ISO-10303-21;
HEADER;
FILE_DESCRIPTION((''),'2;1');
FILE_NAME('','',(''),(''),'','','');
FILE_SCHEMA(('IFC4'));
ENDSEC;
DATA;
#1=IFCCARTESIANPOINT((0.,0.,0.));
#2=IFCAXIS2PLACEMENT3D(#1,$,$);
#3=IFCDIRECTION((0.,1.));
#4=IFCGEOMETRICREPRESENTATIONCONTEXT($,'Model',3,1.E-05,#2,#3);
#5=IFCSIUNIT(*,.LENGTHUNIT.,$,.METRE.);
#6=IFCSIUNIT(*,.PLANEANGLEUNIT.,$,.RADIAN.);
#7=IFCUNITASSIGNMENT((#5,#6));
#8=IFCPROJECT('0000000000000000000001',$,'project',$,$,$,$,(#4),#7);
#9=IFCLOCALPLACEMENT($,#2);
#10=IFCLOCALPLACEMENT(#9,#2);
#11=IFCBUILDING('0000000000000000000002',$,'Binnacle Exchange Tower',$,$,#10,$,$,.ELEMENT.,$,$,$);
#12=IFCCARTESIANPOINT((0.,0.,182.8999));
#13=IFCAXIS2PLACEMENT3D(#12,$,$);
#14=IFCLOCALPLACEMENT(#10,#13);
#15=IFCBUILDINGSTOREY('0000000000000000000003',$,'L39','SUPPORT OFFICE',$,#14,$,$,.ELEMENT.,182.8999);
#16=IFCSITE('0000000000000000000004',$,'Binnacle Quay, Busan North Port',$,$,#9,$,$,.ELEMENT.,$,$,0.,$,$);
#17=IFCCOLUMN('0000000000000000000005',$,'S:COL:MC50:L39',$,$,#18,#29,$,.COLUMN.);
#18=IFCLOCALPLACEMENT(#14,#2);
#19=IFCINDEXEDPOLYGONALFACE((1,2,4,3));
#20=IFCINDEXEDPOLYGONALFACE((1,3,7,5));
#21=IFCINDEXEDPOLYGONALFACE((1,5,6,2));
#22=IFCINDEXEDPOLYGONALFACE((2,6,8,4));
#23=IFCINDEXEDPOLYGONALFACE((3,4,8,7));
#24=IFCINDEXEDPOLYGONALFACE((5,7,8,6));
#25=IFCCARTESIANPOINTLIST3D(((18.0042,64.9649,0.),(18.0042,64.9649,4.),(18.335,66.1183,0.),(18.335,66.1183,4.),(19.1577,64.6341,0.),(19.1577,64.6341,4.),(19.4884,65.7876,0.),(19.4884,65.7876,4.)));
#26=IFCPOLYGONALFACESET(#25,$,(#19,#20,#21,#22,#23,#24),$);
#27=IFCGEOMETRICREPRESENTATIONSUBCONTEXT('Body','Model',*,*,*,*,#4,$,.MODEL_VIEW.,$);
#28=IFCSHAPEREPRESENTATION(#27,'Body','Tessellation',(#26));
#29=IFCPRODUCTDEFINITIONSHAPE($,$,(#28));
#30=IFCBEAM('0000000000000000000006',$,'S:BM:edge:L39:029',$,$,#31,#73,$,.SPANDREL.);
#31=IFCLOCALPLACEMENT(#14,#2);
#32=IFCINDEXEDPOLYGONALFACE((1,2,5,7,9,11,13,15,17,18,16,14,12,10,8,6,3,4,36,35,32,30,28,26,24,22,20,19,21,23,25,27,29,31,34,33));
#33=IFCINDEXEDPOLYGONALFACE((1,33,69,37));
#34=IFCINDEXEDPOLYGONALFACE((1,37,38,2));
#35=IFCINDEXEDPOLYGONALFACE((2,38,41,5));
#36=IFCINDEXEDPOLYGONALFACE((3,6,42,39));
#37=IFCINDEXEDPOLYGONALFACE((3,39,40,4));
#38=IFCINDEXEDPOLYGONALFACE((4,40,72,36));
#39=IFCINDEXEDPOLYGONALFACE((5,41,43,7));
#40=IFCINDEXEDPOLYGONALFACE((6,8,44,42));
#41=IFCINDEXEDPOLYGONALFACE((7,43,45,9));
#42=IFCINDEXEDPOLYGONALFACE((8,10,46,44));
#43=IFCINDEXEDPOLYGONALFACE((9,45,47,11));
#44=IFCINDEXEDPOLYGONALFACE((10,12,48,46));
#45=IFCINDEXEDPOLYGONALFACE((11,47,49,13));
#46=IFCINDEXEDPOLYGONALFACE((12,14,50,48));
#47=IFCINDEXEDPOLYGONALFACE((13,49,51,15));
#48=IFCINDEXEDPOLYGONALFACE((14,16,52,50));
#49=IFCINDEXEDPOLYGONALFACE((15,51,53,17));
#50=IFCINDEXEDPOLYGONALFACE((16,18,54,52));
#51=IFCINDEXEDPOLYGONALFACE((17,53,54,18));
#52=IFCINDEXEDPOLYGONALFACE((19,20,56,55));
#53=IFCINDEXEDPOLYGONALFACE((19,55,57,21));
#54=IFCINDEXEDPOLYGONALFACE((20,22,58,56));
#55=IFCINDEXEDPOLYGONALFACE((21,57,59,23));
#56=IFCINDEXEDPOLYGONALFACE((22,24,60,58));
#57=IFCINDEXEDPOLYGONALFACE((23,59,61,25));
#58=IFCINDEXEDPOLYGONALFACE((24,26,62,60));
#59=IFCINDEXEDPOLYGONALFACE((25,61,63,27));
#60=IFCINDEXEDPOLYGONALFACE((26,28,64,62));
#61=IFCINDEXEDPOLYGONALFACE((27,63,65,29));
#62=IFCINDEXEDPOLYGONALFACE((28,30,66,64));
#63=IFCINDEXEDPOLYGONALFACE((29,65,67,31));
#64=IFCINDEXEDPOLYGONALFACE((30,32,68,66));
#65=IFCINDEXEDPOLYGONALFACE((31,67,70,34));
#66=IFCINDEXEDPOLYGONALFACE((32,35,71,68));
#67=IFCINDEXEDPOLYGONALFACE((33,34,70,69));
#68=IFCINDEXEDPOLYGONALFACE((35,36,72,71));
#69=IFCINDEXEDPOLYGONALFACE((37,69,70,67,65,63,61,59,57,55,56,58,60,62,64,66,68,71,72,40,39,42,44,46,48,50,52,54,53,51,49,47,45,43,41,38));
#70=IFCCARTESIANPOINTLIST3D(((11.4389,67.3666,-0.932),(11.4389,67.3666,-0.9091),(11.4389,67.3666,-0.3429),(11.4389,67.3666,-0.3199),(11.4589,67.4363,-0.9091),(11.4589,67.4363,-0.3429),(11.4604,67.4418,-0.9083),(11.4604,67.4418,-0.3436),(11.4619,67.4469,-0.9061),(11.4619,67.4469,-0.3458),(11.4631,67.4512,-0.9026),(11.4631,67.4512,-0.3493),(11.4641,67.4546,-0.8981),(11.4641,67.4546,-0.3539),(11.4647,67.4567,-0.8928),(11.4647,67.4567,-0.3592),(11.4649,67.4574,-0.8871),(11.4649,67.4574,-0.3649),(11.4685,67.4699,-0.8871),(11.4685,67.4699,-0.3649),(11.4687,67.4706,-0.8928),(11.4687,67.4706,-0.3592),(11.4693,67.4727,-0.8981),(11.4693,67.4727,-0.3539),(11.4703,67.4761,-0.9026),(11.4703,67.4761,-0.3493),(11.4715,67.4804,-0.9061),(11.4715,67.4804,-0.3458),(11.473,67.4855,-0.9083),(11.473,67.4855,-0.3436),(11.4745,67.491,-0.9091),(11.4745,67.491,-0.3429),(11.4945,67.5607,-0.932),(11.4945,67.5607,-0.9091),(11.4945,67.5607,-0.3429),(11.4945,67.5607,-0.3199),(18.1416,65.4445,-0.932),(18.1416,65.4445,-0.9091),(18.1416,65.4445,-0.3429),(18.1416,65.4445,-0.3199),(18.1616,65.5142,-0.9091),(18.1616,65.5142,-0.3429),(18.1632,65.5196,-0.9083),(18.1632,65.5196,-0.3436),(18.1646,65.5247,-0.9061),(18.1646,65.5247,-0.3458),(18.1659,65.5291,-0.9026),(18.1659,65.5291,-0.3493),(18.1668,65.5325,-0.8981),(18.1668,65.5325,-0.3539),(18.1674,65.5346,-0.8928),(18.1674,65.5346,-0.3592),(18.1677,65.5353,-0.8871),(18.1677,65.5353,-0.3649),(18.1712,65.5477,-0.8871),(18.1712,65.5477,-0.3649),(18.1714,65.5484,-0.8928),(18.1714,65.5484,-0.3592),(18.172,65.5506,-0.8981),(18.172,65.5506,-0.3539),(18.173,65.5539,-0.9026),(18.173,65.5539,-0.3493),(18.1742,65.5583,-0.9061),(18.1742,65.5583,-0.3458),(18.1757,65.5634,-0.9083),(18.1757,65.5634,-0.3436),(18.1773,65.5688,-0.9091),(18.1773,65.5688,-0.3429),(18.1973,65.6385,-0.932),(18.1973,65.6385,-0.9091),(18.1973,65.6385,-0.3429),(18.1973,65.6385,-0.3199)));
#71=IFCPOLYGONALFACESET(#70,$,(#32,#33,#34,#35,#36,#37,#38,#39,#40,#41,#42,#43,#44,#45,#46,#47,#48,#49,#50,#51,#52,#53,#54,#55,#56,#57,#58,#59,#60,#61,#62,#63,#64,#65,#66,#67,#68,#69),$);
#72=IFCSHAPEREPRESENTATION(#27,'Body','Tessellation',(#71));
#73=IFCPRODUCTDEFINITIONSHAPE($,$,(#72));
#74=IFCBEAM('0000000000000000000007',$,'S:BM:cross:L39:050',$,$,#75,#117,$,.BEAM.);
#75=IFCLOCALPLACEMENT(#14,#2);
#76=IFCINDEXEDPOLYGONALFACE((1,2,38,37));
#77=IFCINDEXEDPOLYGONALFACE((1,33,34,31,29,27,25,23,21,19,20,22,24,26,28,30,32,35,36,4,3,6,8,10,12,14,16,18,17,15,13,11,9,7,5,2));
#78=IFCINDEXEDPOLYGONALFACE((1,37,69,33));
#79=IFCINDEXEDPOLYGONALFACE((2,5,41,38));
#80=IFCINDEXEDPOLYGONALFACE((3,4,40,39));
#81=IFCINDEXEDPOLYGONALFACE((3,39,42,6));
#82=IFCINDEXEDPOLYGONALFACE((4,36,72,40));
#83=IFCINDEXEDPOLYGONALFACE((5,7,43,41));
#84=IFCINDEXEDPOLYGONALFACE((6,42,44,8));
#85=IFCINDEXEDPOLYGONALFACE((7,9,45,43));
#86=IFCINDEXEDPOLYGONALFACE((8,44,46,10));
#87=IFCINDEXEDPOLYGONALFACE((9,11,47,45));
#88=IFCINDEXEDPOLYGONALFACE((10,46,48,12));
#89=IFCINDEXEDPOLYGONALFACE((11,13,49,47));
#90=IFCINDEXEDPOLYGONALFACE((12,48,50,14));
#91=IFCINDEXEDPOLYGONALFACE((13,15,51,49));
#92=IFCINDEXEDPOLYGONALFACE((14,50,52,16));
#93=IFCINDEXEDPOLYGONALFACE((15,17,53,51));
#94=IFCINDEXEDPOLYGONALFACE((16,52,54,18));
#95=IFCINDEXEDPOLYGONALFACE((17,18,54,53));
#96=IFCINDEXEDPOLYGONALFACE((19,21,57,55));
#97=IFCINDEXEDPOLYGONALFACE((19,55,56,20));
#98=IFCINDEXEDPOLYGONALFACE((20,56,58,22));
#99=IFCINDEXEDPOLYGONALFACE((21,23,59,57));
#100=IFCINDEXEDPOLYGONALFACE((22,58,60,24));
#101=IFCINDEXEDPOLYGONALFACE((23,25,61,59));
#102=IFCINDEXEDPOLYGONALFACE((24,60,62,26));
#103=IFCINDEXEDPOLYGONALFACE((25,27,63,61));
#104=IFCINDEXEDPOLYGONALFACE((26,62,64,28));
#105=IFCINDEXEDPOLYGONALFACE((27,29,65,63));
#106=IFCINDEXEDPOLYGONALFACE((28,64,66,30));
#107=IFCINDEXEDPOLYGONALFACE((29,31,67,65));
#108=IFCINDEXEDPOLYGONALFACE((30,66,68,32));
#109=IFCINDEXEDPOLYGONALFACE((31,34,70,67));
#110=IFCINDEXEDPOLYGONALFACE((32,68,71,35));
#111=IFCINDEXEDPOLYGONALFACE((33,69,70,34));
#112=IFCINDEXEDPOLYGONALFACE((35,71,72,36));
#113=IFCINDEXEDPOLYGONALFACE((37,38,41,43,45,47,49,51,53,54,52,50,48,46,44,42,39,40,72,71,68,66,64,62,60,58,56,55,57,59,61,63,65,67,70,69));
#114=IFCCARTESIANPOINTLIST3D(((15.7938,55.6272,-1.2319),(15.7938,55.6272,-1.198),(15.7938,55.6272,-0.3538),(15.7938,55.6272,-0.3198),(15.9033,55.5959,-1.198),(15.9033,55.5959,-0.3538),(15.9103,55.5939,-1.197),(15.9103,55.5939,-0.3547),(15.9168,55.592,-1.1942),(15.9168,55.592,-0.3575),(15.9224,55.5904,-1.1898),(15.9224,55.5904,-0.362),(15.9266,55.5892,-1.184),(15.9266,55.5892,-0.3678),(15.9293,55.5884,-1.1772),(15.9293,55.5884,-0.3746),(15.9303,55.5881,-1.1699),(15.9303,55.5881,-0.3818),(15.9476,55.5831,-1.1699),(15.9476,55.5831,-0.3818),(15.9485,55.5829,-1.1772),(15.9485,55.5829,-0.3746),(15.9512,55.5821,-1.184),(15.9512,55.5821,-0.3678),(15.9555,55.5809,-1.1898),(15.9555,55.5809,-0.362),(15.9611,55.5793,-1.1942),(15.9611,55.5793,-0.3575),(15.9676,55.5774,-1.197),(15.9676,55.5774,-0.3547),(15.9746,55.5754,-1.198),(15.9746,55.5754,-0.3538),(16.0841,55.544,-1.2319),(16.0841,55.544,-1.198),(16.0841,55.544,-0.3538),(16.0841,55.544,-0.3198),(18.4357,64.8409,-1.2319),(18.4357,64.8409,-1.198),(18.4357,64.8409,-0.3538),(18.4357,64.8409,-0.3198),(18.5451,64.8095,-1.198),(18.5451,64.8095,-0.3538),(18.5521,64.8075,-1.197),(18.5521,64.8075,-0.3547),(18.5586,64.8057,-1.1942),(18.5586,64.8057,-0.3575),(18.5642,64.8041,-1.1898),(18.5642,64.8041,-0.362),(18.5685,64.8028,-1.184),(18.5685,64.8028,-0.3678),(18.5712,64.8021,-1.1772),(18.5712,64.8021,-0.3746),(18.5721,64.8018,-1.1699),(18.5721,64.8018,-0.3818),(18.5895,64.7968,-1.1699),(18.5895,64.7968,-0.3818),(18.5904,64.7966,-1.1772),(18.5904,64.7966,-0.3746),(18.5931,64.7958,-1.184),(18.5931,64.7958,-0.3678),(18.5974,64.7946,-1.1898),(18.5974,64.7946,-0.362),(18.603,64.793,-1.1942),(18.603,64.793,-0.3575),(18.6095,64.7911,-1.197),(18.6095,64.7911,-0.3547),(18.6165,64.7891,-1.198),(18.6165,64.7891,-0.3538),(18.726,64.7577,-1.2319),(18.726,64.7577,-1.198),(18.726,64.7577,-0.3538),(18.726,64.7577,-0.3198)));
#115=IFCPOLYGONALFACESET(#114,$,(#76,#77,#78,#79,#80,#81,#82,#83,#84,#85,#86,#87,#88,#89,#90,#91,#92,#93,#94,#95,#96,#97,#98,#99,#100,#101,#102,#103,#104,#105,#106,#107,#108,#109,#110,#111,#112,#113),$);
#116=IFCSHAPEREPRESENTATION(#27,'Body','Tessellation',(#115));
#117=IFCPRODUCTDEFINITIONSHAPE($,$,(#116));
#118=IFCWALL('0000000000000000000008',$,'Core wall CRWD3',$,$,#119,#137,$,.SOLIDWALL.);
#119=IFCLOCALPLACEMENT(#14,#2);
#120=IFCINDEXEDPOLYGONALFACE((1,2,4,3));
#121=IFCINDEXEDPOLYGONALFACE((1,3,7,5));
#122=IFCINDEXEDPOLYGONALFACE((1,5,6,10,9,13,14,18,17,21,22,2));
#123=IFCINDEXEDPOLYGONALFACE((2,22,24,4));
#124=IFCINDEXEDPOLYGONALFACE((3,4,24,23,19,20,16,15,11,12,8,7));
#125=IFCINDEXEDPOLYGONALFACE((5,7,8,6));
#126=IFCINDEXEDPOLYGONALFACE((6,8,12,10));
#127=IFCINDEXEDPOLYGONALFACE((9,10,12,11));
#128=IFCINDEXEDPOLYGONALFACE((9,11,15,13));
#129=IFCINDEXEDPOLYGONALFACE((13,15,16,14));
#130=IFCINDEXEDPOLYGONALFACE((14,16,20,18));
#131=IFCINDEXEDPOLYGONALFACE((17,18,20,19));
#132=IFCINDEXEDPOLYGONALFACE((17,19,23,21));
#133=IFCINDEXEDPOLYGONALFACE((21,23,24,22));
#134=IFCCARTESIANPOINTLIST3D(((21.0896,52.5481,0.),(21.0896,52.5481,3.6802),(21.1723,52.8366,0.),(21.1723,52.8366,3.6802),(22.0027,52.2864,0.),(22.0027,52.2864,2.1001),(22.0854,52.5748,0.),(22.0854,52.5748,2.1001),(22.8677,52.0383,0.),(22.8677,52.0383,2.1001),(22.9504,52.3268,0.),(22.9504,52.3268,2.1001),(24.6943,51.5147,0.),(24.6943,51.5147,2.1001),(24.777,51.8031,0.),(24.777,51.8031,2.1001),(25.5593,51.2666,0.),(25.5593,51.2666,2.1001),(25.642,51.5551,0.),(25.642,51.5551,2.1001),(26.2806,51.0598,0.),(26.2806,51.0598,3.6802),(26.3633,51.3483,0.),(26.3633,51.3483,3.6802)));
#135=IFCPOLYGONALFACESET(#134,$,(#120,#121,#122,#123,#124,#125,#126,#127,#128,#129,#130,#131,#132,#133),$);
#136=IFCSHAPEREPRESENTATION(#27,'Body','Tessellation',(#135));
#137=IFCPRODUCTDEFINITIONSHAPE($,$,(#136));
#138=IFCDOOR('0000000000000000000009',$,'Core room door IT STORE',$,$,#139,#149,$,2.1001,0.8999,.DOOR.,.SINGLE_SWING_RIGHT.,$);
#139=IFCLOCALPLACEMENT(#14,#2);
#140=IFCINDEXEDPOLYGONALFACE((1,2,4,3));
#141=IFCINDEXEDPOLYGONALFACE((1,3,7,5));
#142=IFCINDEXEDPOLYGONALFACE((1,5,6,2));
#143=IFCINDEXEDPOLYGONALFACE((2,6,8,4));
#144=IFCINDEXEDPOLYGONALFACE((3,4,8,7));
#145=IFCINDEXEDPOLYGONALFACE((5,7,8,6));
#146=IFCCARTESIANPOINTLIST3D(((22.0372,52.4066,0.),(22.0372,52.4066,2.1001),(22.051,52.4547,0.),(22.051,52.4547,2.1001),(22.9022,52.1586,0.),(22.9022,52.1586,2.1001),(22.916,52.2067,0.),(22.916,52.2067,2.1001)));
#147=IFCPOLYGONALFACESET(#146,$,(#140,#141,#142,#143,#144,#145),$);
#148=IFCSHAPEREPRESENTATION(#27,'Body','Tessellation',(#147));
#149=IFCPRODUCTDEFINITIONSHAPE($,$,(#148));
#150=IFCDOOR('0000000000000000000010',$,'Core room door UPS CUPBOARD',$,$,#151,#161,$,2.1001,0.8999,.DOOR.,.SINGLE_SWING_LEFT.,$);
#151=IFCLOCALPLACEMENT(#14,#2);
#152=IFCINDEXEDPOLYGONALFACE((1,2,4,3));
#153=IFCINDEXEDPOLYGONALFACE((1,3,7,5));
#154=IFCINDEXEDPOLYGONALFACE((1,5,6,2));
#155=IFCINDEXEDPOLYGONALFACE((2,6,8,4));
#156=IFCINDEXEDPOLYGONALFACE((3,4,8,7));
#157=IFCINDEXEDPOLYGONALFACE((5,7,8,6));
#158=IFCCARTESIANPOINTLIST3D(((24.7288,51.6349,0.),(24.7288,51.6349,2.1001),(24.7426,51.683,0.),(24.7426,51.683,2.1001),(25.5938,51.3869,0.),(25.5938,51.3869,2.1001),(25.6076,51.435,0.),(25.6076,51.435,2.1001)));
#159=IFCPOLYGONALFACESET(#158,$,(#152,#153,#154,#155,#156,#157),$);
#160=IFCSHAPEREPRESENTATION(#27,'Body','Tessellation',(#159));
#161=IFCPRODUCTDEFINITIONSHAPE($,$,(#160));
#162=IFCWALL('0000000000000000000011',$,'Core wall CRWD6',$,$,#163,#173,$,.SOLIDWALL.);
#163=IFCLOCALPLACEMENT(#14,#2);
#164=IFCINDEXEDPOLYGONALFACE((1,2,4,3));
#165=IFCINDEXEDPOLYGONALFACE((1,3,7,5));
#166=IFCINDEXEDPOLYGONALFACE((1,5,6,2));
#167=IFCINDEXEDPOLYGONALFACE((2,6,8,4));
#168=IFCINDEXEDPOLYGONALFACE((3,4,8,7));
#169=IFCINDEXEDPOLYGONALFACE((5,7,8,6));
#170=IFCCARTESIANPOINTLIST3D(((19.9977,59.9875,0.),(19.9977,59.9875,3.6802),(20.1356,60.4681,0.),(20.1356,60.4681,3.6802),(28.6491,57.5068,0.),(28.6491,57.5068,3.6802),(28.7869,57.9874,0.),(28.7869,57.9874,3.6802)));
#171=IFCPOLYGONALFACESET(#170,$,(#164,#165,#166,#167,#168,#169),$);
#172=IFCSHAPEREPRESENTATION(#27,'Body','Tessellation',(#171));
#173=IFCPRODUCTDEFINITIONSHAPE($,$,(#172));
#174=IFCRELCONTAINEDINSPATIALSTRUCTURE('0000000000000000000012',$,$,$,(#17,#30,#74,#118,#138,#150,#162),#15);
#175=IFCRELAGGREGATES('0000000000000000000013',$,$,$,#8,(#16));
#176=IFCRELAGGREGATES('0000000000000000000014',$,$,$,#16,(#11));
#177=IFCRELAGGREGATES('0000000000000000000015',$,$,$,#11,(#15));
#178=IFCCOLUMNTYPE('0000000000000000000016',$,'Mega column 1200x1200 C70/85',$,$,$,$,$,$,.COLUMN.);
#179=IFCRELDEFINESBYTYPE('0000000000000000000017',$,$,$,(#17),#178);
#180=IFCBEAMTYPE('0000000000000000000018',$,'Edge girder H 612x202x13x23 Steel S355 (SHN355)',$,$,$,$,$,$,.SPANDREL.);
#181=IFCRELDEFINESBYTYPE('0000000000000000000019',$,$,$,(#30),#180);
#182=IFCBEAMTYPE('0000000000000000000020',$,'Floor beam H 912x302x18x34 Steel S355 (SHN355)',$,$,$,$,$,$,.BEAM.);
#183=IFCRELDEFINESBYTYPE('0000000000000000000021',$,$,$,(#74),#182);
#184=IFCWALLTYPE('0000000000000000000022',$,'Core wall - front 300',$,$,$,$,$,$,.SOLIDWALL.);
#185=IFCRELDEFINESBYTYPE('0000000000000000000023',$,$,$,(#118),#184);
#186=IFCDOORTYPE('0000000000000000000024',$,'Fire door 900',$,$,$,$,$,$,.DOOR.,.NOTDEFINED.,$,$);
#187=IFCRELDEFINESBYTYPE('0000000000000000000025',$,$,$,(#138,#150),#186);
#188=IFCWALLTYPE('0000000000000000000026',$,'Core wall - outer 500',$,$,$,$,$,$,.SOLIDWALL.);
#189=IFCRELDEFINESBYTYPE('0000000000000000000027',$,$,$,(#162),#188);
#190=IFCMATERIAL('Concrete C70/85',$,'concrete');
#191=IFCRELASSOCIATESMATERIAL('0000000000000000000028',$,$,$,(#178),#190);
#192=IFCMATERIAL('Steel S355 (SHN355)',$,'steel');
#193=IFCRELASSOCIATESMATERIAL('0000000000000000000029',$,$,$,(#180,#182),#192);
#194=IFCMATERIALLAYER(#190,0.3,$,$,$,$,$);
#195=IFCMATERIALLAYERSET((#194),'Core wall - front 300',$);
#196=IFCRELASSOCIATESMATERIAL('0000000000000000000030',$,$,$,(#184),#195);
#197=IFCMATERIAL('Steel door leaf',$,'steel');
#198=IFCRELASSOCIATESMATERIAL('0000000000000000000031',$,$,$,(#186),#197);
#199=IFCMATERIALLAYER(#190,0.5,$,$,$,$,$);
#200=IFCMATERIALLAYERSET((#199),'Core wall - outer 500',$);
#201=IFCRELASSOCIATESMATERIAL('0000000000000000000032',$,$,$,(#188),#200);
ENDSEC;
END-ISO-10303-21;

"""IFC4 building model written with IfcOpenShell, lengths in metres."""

from ifc_helpers import new_model, si_unit, direction, frame, frame_2d, origin, origin_2d, place, context, subcontext, project, spatial, rectangle, i_section, extrude, material, layer, layer_set, material_profile, profile_set, type_object, element, fill, save


model = new_model("IFC4")

# Units and contexts
model_context = context("Model", 3, precision=1e-05, world=origin(), true_north=direction((0.0, 1.0)))
body_context = subcontext(model_context, "Body", "Model", "MODEL_VIEW")
ifc_project = project(units=[si_unit("LENGTHUNIT", "METRE"), si_unit("PLANEANGLEUNIT", "RADIAN")], contexts=[model_context])

# Site, building, storey
site_placement = place(None, origin())
site = spatial("IfcSite", under=ifc_project, at=site_placement, Name="Binnacle Quay, Busan North Port", CompositionType="ELEMENT", RefElevation=0.0)
building_placement = place(site_placement, origin())
building = spatial("IfcBuilding", under=site, at=building_placement, Name="Binnacle Exchange Tower", CompositionType="ELEMENT")
storey_placement = place(building_placement, frame((0.0, 0.0, 182.8999)))
storey = spatial("IfcBuildingStorey", under=building, at=storey_placement, Name="L39", Description="SUPPORT OFFICE", CompositionType="ELEMENT", Elevation=182.8999)

# Column
ifc_material_1 = material(Name="Concrete C70/85", Category="concrete")
ifc_material_profile_1 = material_profile(ifc_material_1, rectangle(XDim=1.2, YDim=1.2, at=origin_2d()), Name="Mega column 1200x1200 C70/85")
ifc_profile_set_1 = profile_set([ifc_material_profile_1], Name="Concrete C70/85")
column_type = type_object("IfcColumnType", Name="Mega column 1200x1200 C70/85", PredefinedType="COLUMN", material=ifc_profile_set_1)
column_placement = place(storey_placement, frame((18.7463, 65.3762, 0.0), z_axis=(0.0, 0.0, 1.0), x_axis=(-0.961262, 0.275637, 0.0)))
element("IfcColumn", 1, at=column_placement, inside=storey, type_object=column_type, Name="S:COL:MC50:L39", PredefinedType="COLUMN", context=body_context, shape_type="SweptSolid", body=[
    extrude(rectangle(XDim=1.2, YDim=1.2, at=origin_2d()), origin(), (0.0, 0.0, 1.0), 4.0),
])

# Beams
ifc_material_2 = material(Name="Steel S355 (SHN355)", Category="steel")
ifc_material_profile_2 = material_profile(ifc_material_2, i_section(OverallWidth=0.2019, OverallDepth=0.6121, WebThickness=0.0129, FlangeThickness=0.0229, FilletRadius=0.022, at=origin_2d()), Name="H 612x202x13x23")
ifc_profile_set_2 = profile_set([ifc_material_profile_2], Name="Steel S355 (SHN355)")
beam_type_1 = type_object("IfcBeamType", Name="Edge girder H 612x202x13x23 Steel S355 (SHN355)", PredefinedType="SPANDREL", material=ifc_profile_set_2)
beam_1_placement = place(storey_placement, frame((18.1694, 65.5415, -0.626), z_axis=(-0.961255, 0.27566, 0.0), x_axis=(-0.27566, -0.961255, 0.0)))
element("IfcBeam", 2, at=beam_1_placement, inside=storey, type_object=beam_type_1, Name="S:BM:edge:L39:029", PredefinedType="SPANDREL", context=body_context, shape_type="SweptSolid", body=[
    extrude(i_section(OverallWidth=0.2019, OverallDepth=0.6121, WebThickness=0.0129, FlangeThickness=0.0229, FilletRadius=0.022, at=origin_2d()), origin(), (0.0, 0.0, 1.0), 6.9729),
])
ifc_material_profile_3 = material_profile(ifc_material_2, i_section(OverallWidth=0.302, OverallDepth=0.9121, WebThickness=0.0181, FlangeThickness=0.0339, FilletRadius=0.0281, at=origin_2d()), Name="H 912x302x18x34")
ifc_profile_set_3 = profile_set([ifc_material_profile_3], Name="Steel S355 (SHN355)")
beam_type_2 = type_object("IfcBeamType", Name="Floor beam H 912x302x18x34 Steel S355 (SHN355)", PredefinedType="BEAM", material=ifc_profile_set_3)
beam_2_placement = place(storey_placement, frame((18.5808, 64.7993, -0.7759), z_axis=(-0.275626, -0.961265, 0.0), x_axis=(0.961265, -0.275626, 0.0)))
element("IfcBeam", 3, at=beam_2_placement, inside=storey, type_object=beam_type_2, Name="S:BM:cross:L39:050", PredefinedType="BEAM", context=body_context, shape_type="SweptSolid", body=[
    extrude(i_section(OverallWidth=0.302, OverallDepth=0.9121, WebThickness=0.0181, FlangeThickness=0.0339, FilletRadius=0.0281, at=origin_2d()), origin(), (0.0, 0.0, 1.0), 9.585),
])

# Wall, openings, doors
ifc_layer_1 = layer(ifc_material_1, 0.3)
ifc_layer_set_1 = layer_set([ifc_layer_1], Name="Core wall - front 300")
wall_type_1 = type_object("IfcWallType", Name="Core wall - front 300", PredefinedType="SOLIDWALL", material=ifc_layer_set_1)
wall_1_placement = place(storey_placement, frame((21.1309, 52.6924, 0.0), z_axis=(0.0, 0.0, 1.0), x_axis=(0.961271, -0.275605, 0.0)))
wall_1 = element("IfcWall", 4, at=wall_1_placement, inside=storey, type_object=wall_type_1, Name="Core wall CRWD3", PredefinedType="SOLIDWALL", context=body_context, shape_type="SweptSolid", body=[
    extrude(rectangle(XDim=5.4001, YDim=0.3, at=frame_2d((2.7002, 0.0))), origin(), (0.0, 0.0, 1.0), 3.6802),
])
opening_1_placement = place(wall_1_placement, frame((0.95, 0.0, 0.0)))
opening_1 = element("IfcOpeningElement", 5, at=opening_1_placement, cuts=wall_1, PredefinedType="OPENING", context=body_context, shape_type="SweptSolid", body=[
    extrude(rectangle(XDim=0.8999, YDim=2.1001, at=frame_2d((0.45, 1.05))), frame((0.0, 0.1599, 0.0), z_axis=(0.0, -1.0, 0.0), x_axis=(1.0, 0.0, 0.0)), (0.0, 0.0, 1.0), 0.3201),
])
opening_2_placement = place(wall_1_placement, frame((3.75, 0.0, 0.0)))
opening_2 = element("IfcOpeningElement", 6, at=opening_2_placement, cuts=wall_1, PredefinedType="OPENING", context=body_context, shape_type="SweptSolid", body=[
    extrude(rectangle(XDim=0.8999, YDim=2.1001, at=frame_2d((0.45, 1.05))), frame((0.0, 0.1599, 0.0), z_axis=(0.0, -1.0, 0.0), x_axis=(1.0, 0.0, 0.0)), (0.0, 0.0, 1.0), 0.3201),
])
ifc_material_3 = material(Name="Steel door leaf", Category="steel")
door_type_1 = type_object("IfcDoorType", Name="Fire door 900", OperationType="NOTDEFINED", PredefinedType="DOOR", material=ifc_material_3)
door_1_placement = place(opening_1_placement, frame((0.8999, 0.0, 0.0), z_axis=(0.0, 0.0, 1.0), x_axis=(-1.0, 0.0, 0.0)))
door_1 = element("IfcDoor", 7, at=door_1_placement, inside=storey, type_object=door_type_1, Name="Core room door IT STORE", OperationType="SINGLE_SWING_RIGHT", OverallHeight=2.1001, OverallWidth=0.8999, PredefinedType="DOOR", context=body_context, shape_type="SweptSolid", body=[
    extrude(rectangle(XDim=0.8999, YDim=2.1001, at=frame_2d((0.45, 1.05))), frame((0.0, 0.0249, 0.0), z_axis=(0.0, -1.0, 0.0), x_axis=(1.0, 0.0, 0.0)), (0.0, 0.0, 1.0), 0.05),
])
fill(opening_1, door_1)
door_2_placement = place(opening_2_placement, frame((0.8999, 0.0, 0.0), z_axis=(0.0, 0.0, 1.0), x_axis=(-1.0, 0.0, 0.0)))
door_2 = element("IfcDoor", 8, at=door_2_placement, inside=storey, type_object=door_type_1, Name="Core room door UPS CUPBOARD", OperationType="SINGLE_SWING_LEFT", OverallHeight=2.1001, OverallWidth=0.8999, PredefinedType="DOOR", context=body_context, shape_type="SweptSolid", body=[
    extrude(rectangle(XDim=0.8999, YDim=2.1001, at=frame_2d((0.45, 1.05))), frame((0.0, 0.0249, 0.0), z_axis=(0.0, -1.0, 0.0), x_axis=(1.0, 0.0, 0.0)), (0.0, 0.0, 1.0), 0.05),
])
fill(opening_2, door_2)

# Wall
ifc_layer_2 = layer(ifc_material_1, 0.5)
ifc_layer_set_2 = layer_set([ifc_layer_2], Name="Core wall - outer 500")
wall_type_2 = type_object("IfcWallType", Name="Core wall - outer 500", PredefinedType="SOLIDWALL", material=ifc_layer_set_2)
wall_2_placement = place(storey_placement, frame((20.0667, 60.2278, 0.0), z_axis=(0.0, 0.0, 1.0), x_axis=(0.961262, -0.275635, 0.0)))
element("IfcWall", 9, at=wall_2_placement, inside=storey, type_object=wall_type_2, Name="Core wall CRWD6", PredefinedType="SOLIDWALL", context=body_context, shape_type="SweptSolid", body=[
    extrude(rectangle(XDim=9.0, YDim=0.5, at=frame_2d((4.5, 0.0))), origin(), (0.0, 0.0, 1.0), 3.6802),
])

save(model, "model.ifc")
